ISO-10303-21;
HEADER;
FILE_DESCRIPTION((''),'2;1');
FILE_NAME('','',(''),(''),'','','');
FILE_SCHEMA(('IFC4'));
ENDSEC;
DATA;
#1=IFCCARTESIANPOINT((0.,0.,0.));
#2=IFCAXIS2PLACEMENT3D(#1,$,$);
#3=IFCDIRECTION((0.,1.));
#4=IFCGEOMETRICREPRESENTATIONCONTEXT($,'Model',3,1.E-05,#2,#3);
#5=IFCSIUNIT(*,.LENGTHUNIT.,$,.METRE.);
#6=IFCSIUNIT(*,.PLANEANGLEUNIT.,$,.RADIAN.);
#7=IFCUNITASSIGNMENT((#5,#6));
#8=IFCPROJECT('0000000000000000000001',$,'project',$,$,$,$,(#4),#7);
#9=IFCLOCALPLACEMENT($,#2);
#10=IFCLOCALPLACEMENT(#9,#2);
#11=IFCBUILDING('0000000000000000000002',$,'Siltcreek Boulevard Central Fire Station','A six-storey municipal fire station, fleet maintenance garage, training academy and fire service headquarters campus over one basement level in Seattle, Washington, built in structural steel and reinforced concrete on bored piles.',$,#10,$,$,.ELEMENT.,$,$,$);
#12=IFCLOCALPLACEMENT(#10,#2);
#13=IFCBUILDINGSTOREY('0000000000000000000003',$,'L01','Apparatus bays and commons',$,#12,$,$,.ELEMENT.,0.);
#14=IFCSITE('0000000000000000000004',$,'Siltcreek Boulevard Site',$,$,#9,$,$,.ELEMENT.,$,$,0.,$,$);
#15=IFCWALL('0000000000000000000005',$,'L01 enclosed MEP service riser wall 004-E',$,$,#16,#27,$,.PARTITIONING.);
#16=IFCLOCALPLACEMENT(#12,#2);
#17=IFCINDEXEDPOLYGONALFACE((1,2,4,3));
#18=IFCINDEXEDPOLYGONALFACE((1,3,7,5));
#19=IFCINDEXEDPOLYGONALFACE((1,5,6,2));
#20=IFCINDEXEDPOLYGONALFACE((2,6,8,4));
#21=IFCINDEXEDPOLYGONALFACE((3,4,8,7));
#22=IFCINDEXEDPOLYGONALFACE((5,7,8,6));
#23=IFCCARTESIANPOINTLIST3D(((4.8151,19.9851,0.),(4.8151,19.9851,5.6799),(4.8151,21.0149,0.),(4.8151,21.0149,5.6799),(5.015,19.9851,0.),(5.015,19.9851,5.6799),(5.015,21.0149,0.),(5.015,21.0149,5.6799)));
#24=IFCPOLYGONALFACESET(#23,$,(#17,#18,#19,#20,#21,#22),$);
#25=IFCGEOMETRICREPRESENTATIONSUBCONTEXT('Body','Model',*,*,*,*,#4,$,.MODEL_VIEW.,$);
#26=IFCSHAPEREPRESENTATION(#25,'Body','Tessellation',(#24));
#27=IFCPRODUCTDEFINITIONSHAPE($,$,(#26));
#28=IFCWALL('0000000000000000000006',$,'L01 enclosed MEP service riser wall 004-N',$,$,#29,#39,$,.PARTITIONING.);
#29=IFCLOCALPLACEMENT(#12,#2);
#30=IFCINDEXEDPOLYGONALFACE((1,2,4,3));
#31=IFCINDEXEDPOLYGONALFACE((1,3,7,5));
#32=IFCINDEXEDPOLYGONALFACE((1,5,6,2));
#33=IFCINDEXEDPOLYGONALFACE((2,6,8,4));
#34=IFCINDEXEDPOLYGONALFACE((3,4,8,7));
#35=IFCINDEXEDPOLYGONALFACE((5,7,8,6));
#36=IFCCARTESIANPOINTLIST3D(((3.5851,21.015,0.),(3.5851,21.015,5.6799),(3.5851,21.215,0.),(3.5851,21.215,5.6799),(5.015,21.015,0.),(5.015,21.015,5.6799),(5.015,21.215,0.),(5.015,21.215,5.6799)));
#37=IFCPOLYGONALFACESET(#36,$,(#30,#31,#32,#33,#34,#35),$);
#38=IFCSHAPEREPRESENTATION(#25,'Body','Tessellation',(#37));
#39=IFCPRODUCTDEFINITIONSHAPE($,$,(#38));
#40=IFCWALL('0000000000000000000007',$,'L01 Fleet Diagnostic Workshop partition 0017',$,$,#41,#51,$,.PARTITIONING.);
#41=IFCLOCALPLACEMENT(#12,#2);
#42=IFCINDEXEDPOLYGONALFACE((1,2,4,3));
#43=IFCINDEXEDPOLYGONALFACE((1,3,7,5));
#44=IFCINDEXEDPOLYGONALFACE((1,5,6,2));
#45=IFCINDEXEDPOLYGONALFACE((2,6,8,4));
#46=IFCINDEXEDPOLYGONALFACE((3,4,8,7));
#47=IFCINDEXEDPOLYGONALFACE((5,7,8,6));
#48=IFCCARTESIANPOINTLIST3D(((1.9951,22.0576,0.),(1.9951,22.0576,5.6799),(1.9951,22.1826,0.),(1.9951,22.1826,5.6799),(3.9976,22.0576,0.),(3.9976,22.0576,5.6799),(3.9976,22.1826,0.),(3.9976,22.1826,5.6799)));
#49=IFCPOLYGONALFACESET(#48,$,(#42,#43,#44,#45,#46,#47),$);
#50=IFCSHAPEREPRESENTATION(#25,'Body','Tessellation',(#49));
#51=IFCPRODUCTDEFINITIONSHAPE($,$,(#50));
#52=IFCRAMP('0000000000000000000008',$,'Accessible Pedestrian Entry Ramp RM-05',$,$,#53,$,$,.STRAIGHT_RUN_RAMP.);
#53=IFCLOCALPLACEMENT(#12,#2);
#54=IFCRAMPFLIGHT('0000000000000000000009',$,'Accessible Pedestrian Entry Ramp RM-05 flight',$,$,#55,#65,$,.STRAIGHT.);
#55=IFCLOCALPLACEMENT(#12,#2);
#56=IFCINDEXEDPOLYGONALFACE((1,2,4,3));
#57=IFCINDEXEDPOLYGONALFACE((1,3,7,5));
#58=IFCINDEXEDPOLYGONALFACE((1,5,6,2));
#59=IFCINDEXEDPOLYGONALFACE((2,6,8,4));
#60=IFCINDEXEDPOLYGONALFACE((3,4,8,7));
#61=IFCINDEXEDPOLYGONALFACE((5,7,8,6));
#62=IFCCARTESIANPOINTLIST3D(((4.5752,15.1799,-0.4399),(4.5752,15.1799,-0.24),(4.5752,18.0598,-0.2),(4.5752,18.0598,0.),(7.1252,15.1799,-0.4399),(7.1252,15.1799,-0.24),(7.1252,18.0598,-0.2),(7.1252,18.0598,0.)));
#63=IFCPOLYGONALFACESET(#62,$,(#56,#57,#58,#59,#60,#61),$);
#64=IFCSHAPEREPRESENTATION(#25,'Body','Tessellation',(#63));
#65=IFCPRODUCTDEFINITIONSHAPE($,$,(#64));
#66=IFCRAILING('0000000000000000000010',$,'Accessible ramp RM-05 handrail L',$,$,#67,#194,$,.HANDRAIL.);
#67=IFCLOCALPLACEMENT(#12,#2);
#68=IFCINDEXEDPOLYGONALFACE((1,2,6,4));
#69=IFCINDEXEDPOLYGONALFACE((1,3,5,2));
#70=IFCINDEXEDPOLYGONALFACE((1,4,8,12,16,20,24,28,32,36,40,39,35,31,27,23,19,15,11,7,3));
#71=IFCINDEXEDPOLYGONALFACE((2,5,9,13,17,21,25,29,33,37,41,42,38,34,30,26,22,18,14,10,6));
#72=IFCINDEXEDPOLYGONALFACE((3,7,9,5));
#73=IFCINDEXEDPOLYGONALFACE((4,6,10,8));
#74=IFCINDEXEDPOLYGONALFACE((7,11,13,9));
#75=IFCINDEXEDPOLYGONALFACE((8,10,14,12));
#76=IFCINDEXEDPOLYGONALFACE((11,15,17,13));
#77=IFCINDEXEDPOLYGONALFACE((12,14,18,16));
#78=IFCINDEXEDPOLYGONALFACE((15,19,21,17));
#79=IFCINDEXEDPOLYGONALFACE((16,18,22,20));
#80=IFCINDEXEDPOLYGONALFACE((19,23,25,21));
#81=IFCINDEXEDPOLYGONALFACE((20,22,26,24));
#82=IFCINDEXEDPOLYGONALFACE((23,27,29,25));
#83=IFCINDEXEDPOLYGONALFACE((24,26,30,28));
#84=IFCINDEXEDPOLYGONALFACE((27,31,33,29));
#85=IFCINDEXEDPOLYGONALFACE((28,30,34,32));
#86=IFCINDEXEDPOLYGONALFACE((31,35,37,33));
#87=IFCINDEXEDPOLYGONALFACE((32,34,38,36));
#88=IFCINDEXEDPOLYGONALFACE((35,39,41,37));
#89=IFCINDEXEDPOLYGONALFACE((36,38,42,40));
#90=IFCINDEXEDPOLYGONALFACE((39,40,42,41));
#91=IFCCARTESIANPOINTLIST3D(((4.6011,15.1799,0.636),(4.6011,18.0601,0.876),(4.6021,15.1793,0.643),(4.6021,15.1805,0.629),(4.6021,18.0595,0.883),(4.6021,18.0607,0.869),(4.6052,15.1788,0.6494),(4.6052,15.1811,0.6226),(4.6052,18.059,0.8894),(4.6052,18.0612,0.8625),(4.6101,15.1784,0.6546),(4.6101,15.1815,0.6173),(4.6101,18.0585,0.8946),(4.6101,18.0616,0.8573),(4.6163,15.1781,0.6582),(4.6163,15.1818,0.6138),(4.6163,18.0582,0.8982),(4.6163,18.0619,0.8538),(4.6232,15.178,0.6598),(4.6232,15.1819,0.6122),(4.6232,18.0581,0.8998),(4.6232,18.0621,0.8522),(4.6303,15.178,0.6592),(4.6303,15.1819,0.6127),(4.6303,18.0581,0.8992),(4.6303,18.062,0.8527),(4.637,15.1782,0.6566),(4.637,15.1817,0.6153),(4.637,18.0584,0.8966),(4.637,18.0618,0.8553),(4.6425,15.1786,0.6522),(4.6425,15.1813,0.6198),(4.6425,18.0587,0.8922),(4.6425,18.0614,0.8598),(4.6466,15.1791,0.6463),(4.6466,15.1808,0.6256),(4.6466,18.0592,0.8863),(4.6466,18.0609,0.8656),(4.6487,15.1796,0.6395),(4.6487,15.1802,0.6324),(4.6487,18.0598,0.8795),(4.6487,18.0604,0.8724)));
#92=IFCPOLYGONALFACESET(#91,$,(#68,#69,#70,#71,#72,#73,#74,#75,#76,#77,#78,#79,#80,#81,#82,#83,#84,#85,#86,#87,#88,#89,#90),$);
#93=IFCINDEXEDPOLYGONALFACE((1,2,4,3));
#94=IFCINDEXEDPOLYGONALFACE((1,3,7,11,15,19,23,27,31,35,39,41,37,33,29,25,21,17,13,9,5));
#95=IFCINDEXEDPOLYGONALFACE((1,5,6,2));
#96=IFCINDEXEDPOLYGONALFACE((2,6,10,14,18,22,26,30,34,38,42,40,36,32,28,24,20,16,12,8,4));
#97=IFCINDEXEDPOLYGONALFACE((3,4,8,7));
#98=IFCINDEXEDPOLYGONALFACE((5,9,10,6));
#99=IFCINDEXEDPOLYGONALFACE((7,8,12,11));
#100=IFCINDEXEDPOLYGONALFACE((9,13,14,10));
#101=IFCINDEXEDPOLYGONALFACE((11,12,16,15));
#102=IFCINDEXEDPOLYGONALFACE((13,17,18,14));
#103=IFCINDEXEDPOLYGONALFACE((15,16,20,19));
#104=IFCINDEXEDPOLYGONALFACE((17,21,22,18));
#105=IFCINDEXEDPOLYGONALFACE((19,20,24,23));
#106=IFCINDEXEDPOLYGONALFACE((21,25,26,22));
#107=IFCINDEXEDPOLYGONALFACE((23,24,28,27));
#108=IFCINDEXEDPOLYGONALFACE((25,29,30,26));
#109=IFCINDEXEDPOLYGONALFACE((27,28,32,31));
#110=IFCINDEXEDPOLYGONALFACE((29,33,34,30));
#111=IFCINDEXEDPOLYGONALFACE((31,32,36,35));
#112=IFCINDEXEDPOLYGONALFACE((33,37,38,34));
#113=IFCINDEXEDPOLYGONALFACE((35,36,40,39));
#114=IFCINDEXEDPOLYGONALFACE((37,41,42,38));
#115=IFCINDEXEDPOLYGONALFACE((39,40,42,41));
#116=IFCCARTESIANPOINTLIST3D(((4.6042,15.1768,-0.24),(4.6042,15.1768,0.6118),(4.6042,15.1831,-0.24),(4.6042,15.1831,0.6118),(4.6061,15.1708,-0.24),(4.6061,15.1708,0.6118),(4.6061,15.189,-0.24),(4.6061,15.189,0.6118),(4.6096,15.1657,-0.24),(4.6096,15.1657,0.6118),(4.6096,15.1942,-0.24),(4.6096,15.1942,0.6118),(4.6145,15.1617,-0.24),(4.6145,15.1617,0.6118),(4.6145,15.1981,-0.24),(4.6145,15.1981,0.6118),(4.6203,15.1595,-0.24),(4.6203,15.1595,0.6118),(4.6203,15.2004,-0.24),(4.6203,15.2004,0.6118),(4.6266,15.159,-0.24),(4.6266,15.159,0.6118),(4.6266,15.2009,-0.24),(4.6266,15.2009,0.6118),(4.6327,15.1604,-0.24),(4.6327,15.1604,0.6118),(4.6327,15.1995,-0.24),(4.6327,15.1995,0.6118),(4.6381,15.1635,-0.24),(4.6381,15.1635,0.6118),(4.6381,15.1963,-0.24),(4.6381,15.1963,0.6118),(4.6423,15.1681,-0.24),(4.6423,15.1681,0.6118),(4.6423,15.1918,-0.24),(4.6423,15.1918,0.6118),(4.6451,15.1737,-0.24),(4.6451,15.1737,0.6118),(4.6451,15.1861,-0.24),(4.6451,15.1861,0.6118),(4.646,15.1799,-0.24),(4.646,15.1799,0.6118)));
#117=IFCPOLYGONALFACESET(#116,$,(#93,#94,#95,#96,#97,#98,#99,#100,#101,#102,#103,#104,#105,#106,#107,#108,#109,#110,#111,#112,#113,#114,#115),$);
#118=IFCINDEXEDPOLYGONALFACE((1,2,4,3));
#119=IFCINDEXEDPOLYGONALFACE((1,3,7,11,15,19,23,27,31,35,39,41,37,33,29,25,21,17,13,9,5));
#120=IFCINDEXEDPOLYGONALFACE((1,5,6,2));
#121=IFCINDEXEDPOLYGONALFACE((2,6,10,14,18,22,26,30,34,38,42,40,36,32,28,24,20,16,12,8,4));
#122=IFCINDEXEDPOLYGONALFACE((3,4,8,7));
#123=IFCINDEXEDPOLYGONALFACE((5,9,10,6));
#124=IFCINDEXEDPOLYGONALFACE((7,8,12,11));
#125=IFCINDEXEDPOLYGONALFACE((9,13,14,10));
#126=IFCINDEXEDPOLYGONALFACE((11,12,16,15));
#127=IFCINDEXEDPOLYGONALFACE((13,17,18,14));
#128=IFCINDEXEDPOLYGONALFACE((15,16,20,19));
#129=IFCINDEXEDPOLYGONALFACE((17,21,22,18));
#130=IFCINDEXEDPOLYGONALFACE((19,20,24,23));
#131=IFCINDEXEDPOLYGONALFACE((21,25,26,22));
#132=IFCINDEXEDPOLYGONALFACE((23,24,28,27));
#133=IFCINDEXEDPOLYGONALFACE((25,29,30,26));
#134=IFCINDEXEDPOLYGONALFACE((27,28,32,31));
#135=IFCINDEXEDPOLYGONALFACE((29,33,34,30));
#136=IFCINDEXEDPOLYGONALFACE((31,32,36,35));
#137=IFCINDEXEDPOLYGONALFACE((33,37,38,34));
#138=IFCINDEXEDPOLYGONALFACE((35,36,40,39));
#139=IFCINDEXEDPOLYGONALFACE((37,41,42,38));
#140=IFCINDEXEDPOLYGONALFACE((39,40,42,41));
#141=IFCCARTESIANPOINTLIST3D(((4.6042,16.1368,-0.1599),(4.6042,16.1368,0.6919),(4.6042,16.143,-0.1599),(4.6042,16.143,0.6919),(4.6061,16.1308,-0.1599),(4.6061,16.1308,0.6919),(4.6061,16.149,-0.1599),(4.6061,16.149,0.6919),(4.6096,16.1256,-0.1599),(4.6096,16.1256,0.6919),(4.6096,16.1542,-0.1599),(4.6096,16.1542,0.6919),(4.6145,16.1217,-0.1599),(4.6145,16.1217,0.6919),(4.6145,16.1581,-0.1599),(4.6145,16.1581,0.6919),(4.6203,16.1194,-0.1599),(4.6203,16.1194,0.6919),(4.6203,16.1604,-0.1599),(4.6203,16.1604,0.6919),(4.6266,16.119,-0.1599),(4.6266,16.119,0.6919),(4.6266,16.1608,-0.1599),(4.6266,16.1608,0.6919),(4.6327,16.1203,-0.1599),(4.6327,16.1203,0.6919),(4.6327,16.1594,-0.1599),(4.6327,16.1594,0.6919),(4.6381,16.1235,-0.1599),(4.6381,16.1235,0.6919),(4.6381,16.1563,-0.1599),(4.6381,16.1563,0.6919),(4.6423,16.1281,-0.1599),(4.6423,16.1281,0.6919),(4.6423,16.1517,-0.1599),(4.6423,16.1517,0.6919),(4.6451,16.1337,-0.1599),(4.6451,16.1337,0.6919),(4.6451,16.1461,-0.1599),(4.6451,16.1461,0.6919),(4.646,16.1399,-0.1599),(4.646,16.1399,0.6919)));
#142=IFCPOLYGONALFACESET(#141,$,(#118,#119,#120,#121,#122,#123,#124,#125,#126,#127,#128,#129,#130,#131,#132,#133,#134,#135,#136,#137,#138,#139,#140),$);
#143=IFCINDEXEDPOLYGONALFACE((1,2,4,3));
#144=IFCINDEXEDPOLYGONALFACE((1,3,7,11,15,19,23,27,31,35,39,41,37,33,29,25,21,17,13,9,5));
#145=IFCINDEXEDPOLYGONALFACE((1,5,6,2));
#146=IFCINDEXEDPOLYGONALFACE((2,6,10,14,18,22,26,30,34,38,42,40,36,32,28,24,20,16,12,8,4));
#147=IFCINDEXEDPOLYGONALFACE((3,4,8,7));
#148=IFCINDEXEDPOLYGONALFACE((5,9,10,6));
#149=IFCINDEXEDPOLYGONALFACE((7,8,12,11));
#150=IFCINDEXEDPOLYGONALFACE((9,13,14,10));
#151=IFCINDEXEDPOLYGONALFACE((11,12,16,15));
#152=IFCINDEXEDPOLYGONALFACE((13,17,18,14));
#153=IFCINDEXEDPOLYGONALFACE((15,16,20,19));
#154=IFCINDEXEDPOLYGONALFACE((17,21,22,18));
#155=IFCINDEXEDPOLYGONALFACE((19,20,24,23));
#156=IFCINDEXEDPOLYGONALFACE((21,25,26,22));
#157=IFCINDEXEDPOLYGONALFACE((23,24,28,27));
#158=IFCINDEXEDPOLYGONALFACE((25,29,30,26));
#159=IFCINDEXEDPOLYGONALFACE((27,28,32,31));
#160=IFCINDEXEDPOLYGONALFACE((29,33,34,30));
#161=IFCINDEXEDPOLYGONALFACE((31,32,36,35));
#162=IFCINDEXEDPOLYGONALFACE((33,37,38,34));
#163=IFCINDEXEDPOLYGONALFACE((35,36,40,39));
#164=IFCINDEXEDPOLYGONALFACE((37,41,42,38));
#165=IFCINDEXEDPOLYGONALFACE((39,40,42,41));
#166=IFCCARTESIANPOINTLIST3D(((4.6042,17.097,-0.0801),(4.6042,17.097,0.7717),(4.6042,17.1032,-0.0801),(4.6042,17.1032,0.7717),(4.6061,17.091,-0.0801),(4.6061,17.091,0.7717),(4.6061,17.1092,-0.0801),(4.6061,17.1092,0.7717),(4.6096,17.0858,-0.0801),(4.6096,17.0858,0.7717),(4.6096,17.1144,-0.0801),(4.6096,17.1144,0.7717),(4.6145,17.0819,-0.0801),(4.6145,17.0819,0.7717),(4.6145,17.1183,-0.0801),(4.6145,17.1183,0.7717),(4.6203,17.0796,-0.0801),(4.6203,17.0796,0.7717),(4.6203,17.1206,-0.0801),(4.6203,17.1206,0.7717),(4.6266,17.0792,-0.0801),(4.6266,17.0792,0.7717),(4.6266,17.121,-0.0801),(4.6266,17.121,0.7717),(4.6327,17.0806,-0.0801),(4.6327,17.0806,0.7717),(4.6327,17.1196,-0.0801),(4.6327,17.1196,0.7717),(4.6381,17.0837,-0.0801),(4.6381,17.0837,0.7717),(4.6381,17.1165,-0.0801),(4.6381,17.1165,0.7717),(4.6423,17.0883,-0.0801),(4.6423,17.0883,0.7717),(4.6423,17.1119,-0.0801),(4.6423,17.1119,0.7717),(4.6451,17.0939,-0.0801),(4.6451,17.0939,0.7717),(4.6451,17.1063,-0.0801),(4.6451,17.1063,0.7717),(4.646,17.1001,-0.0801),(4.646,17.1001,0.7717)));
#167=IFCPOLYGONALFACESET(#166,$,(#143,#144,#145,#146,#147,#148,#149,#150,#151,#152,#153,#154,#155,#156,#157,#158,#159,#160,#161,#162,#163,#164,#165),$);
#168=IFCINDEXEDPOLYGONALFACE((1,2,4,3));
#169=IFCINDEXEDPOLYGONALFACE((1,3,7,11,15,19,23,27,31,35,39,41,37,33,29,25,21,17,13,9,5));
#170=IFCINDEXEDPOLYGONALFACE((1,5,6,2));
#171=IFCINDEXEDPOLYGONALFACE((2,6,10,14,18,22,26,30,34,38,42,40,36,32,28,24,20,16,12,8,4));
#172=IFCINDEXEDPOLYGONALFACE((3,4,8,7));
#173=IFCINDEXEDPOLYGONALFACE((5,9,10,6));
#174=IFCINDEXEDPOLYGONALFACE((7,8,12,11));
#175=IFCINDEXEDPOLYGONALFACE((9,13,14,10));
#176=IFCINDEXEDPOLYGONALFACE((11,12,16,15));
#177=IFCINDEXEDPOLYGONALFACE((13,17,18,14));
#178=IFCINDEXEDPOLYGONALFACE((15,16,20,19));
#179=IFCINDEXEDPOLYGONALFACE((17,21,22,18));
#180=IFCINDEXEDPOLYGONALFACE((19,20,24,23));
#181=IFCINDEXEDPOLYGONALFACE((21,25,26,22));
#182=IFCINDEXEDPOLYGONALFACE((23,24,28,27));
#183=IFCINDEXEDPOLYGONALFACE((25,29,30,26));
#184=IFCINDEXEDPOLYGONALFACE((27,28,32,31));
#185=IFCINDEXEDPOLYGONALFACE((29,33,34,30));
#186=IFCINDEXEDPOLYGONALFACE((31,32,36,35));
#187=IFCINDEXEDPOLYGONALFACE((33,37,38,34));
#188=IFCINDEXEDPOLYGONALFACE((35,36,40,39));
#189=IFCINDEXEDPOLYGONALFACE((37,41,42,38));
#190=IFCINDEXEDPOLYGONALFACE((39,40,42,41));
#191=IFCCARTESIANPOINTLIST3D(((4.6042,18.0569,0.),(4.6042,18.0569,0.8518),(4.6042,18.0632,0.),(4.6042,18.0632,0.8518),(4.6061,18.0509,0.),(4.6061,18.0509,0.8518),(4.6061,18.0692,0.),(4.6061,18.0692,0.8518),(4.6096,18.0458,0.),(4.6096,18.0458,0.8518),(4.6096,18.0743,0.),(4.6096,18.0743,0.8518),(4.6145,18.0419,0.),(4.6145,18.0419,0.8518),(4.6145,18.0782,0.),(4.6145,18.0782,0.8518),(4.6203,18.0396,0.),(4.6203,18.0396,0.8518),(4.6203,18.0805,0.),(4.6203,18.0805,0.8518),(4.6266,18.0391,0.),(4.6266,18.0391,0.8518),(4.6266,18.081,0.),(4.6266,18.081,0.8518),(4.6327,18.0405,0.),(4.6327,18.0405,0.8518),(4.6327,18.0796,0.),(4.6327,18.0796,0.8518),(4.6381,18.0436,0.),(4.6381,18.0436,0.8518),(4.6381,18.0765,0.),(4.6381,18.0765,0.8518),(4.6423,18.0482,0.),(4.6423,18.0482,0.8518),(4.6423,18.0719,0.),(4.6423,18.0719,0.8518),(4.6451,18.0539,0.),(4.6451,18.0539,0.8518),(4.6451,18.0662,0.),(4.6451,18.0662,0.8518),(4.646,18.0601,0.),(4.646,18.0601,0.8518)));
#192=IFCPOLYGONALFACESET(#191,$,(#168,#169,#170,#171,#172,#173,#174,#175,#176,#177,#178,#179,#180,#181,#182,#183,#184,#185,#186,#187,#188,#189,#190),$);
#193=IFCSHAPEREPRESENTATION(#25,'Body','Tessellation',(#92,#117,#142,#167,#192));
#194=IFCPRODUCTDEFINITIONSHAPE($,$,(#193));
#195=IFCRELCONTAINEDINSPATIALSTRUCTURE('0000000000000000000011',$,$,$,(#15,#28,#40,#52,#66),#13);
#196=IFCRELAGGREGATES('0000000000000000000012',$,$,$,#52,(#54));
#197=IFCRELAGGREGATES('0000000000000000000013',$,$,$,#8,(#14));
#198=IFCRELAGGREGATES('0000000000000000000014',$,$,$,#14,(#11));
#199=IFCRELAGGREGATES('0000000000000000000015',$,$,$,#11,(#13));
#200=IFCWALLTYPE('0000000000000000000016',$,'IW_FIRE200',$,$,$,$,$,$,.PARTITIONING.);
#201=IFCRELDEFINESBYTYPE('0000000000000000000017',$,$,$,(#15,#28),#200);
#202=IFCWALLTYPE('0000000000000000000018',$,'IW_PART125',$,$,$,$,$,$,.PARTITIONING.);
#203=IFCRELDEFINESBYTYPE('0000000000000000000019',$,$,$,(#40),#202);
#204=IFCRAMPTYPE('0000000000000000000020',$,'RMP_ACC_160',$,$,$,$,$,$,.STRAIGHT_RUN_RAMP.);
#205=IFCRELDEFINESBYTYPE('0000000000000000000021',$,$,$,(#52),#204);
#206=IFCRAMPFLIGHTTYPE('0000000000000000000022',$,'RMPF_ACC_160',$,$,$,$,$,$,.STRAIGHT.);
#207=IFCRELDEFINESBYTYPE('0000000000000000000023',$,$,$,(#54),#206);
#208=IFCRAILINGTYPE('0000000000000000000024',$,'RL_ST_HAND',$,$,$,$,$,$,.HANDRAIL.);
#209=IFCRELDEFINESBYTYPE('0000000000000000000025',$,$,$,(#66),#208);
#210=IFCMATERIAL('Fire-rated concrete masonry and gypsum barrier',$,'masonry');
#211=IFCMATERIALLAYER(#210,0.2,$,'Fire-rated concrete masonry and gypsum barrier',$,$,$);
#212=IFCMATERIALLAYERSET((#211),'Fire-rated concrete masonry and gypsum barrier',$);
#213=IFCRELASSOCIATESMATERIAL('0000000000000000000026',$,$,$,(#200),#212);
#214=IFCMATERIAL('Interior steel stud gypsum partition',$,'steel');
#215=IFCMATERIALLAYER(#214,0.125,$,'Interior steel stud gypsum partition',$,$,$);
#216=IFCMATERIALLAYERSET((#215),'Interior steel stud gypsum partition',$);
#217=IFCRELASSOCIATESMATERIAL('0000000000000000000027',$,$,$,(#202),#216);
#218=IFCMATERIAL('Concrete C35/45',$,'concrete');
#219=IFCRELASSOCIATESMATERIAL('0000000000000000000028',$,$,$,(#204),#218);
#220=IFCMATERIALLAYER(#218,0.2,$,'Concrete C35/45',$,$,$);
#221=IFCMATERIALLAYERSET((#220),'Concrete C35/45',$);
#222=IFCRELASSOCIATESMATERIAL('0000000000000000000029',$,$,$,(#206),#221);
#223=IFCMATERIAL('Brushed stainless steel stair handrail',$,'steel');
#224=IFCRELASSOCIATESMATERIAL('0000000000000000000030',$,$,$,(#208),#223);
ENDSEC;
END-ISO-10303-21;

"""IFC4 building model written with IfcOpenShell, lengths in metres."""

from ifc_helpers import new_model, si_unit, direction, frame, frame_2d, origin, origin_2d, place, context, subcontext, project, spatial, polyline, rectangle, circle, outline, extrude, material, layer, layer_set, type_object, element, aggregate, save


model = new_model("IFC4")

# Units and contexts
model_context = context("Model", 3, precision=1e-05, world=origin(), true_north=direction((0.0, 1.0)))
body_context = subcontext(model_context, "Body", "Model", "MODEL_VIEW")
ifc_project = project(units=[si_unit("LENGTHUNIT", "METRE"), si_unit("PLANEANGLEUNIT", "RADIAN")], contexts=[model_context])

# Site, building, storey
site_placement = place(None, origin())
site = spatial("IfcSite", under=ifc_project, at=site_placement, Name="Siltcreek Boulevard Site", CompositionType="ELEMENT", RefElevation=0.0)
building_placement = place(site_placement, origin())
building = spatial("IfcBuilding", under=site, at=building_placement, Name="Siltcreek Boulevard Central Fire Station", Description="A six-storey municipal fire station, fleet maintenance garage, training academy and fire service headquarters campus over one basement level in Seattle, Washington, built in structural steel and reinforced concrete on bored piles.", CompositionType="ELEMENT")
storey_placement = place(building_placement, origin())
storey = spatial("IfcBuildingStorey", under=building, at=storey_placement, Name="L01", Description="Apparatus bays and commons", CompositionType="ELEMENT", Elevation=0.0)

# Shared definitions
ifc_material_1 = material(Name="Concrete C35/45", Category="concrete")

# Walls
ifc_material_2 = material(Name="Fire-rated concrete masonry and gypsum barrier", Category="masonry")
ifc_layer_1 = layer(ifc_material_2, 0.2, Name="Fire-rated concrete masonry and gypsum barrier")
ifc_layer_set_1 = layer_set([ifc_layer_1], Name="Fire-rated concrete masonry and gypsum barrier")
wall_type_1 = type_object("IfcWallType", Name="IW_FIRE200", PredefinedType="PARTITIONING", material=ifc_layer_set_1)
wall_1_placement = place(storey_placement, frame((4.915, 19.9851, 0.0), z_axis=(0.0, 0.0, 1.0), x_axis=(0.0, 1.0, 0.0)))
element("IfcWall", 1, at=wall_1_placement, inside=storey, type_object=wall_type_1, Name="L01 enclosed MEP service riser wall 004-E", PredefinedType="PARTITIONING", context=body_context, shape_type="SweptSolid", body=[
    extrude(rectangle(XDim=1.0298, YDim=0.2, at=frame_2d((0.5149, 0.0))), origin(), (0.0, 0.0, 1.0), 5.6799),
])
wall_2_placement = place(storey_placement, frame((5.0149, 21.115, 0.0), z_axis=(0.0, 0.0, 1.0), x_axis=(-1.0, 0.0, 0.0)))
element("IfcWall", 2, at=wall_2_placement, inside=storey, type_object=wall_type_1, Name="L01 enclosed MEP service riser wall 004-N", PredefinedType="PARTITIONING", context=body_context, shape_type="SweptSolid", body=[
    extrude(rectangle(XDim=1.4299, YDim=0.2, at=frame_2d((0.7148, 0.0))), origin(), (0.0, 0.0, 1.0), 5.6799),
])
ifc_material_3 = material(Name="Interior steel stud gypsum partition", Category="steel")
ifc_layer_2 = layer(ifc_material_3, 0.125, Name="Interior steel stud gypsum partition")
ifc_layer_set_2 = layer_set([ifc_layer_2], Name="Interior steel stud gypsum partition")
wall_type_2 = type_object("IfcWallType", Name="IW_PART125", PredefinedType="PARTITIONING", material=ifc_layer_set_2)
wall_3_placement = place(storey_placement, frame((3.9976, 22.1201, 0.0), z_axis=(0.0, 0.0, 1.0), x_axis=(-1.0, 0.0, 0.0)))
element("IfcWall", 3, at=wall_3_placement, inside=storey, type_object=wall_type_2, Name="L01 Fleet Diagnostic Workshop partition 0017", PredefinedType="PARTITIONING", context=body_context, shape_type="SweptSolid", body=[
    extrude(rectangle(XDim=2.0024, YDim=0.125, at=frame_2d((1.0012, 0.0))), origin(), (0.0, 0.0, 1.0), 5.6799),
])

# Ramp, ramp flight
ramp_type = type_object("IfcRampType", Name="RMP_ACC_160", PredefinedType="STRAIGHT_RUN_RAMP", material=ifc_material_1)
ramp_placement = place(storey_placement, origin())
ramp = element("IfcRamp", 4, at=ramp_placement, inside=storey, type_object=ramp_type, Name="Accessible Pedestrian Entry Ramp RM-05", PredefinedType="STRAIGHT_RUN_RAMP")
ifc_layer_3 = layer(ifc_material_1, 0.2, Name="Concrete C35/45")
ifc_layer_set_3 = layer_set([ifc_layer_3], Name="Concrete C35/45")
ramp_flight_type = type_object("IfcRampFlightType", Name="RMPF_ACC_160", PredefinedType="STRAIGHT", material=ifc_layer_set_3)
ramp_flight_placement = place(storey_placement, frame((5.8501, 15.1799, -0.24), z_axis=(0.0, 0.0, 1.0), x_axis=(0.0, 1.0, 0.0)))
ramp_flight = element("IfcRampFlight", 5, at=ramp_flight_placement, type_object=ramp_flight_type, Name="Accessible Pedestrian Entry Ramp RM-05 flight", PredefinedType="STRAIGHT", context=body_context, shape_type="SweptSolid", body=[
    extrude(outline(polyline([(0.0, 0.0), (0.0, -0.2), (2.8799, 0.04), (2.8799, 0.24), (0.0, 0.0)])), frame((0.0, 1.2749, 0.0), z_axis=(0.0, -1.0, 0.0), x_axis=(1.0, 0.0, 0.0)), (0.0, 0.0, 1.0), 2.55),
])
aggregate(ramp, [ramp_flight])

# Railing
ifc_material_4 = material(Name="Brushed stainless steel stair handrail", Category="steel")
railing_type = type_object("IfcRailingType", Name="RL_ST_HAND", PredefinedType="HANDRAIL", material=ifc_material_4)
for number, where, name in (
    (6, (4.625, 15.1799, -0.24), "Accessible ramp RM-05 handrail L"),
):
    element("IfcRailing", number, at=place(storey_placement, frame(where)), inside=storey, type_object=railing_type, Name=name, PredefinedType="HANDRAIL", context=body_context, shape_type="SweptSolid", body=[
        extrude(circle(Radius=0.0239, at=origin_2d()), frame((0.0, 0.0, 0.876), z_axis=(0.0, 0.996546, 0.083038), x_axis=(-1.0, 0.0, 0.0)), (0.0, 0.0, 1.0), 2.8901),
        extrude(circle(Radius=0.021, at=origin_2d()), origin(), (0.0, 0.0, 1.0), 0.8518),
        extrude(circle(Radius=0.021, at=origin_2d()), frame((0.0, 0.96, 0.0801)), (0.0, 0.0, 1.0), 0.8518),
        extrude(circle(Radius=0.021, at=origin_2d()), frame((0.0, 1.9202, 0.1599)), (0.0, 0.0, 1.0), 0.8518),
        extrude(circle(Radius=0.021, at=origin_2d()), frame((0.0, 2.8801, 0.24)), (0.0, 0.0, 1.0), 0.8518),
    ])

save(model, "model.ifc")
